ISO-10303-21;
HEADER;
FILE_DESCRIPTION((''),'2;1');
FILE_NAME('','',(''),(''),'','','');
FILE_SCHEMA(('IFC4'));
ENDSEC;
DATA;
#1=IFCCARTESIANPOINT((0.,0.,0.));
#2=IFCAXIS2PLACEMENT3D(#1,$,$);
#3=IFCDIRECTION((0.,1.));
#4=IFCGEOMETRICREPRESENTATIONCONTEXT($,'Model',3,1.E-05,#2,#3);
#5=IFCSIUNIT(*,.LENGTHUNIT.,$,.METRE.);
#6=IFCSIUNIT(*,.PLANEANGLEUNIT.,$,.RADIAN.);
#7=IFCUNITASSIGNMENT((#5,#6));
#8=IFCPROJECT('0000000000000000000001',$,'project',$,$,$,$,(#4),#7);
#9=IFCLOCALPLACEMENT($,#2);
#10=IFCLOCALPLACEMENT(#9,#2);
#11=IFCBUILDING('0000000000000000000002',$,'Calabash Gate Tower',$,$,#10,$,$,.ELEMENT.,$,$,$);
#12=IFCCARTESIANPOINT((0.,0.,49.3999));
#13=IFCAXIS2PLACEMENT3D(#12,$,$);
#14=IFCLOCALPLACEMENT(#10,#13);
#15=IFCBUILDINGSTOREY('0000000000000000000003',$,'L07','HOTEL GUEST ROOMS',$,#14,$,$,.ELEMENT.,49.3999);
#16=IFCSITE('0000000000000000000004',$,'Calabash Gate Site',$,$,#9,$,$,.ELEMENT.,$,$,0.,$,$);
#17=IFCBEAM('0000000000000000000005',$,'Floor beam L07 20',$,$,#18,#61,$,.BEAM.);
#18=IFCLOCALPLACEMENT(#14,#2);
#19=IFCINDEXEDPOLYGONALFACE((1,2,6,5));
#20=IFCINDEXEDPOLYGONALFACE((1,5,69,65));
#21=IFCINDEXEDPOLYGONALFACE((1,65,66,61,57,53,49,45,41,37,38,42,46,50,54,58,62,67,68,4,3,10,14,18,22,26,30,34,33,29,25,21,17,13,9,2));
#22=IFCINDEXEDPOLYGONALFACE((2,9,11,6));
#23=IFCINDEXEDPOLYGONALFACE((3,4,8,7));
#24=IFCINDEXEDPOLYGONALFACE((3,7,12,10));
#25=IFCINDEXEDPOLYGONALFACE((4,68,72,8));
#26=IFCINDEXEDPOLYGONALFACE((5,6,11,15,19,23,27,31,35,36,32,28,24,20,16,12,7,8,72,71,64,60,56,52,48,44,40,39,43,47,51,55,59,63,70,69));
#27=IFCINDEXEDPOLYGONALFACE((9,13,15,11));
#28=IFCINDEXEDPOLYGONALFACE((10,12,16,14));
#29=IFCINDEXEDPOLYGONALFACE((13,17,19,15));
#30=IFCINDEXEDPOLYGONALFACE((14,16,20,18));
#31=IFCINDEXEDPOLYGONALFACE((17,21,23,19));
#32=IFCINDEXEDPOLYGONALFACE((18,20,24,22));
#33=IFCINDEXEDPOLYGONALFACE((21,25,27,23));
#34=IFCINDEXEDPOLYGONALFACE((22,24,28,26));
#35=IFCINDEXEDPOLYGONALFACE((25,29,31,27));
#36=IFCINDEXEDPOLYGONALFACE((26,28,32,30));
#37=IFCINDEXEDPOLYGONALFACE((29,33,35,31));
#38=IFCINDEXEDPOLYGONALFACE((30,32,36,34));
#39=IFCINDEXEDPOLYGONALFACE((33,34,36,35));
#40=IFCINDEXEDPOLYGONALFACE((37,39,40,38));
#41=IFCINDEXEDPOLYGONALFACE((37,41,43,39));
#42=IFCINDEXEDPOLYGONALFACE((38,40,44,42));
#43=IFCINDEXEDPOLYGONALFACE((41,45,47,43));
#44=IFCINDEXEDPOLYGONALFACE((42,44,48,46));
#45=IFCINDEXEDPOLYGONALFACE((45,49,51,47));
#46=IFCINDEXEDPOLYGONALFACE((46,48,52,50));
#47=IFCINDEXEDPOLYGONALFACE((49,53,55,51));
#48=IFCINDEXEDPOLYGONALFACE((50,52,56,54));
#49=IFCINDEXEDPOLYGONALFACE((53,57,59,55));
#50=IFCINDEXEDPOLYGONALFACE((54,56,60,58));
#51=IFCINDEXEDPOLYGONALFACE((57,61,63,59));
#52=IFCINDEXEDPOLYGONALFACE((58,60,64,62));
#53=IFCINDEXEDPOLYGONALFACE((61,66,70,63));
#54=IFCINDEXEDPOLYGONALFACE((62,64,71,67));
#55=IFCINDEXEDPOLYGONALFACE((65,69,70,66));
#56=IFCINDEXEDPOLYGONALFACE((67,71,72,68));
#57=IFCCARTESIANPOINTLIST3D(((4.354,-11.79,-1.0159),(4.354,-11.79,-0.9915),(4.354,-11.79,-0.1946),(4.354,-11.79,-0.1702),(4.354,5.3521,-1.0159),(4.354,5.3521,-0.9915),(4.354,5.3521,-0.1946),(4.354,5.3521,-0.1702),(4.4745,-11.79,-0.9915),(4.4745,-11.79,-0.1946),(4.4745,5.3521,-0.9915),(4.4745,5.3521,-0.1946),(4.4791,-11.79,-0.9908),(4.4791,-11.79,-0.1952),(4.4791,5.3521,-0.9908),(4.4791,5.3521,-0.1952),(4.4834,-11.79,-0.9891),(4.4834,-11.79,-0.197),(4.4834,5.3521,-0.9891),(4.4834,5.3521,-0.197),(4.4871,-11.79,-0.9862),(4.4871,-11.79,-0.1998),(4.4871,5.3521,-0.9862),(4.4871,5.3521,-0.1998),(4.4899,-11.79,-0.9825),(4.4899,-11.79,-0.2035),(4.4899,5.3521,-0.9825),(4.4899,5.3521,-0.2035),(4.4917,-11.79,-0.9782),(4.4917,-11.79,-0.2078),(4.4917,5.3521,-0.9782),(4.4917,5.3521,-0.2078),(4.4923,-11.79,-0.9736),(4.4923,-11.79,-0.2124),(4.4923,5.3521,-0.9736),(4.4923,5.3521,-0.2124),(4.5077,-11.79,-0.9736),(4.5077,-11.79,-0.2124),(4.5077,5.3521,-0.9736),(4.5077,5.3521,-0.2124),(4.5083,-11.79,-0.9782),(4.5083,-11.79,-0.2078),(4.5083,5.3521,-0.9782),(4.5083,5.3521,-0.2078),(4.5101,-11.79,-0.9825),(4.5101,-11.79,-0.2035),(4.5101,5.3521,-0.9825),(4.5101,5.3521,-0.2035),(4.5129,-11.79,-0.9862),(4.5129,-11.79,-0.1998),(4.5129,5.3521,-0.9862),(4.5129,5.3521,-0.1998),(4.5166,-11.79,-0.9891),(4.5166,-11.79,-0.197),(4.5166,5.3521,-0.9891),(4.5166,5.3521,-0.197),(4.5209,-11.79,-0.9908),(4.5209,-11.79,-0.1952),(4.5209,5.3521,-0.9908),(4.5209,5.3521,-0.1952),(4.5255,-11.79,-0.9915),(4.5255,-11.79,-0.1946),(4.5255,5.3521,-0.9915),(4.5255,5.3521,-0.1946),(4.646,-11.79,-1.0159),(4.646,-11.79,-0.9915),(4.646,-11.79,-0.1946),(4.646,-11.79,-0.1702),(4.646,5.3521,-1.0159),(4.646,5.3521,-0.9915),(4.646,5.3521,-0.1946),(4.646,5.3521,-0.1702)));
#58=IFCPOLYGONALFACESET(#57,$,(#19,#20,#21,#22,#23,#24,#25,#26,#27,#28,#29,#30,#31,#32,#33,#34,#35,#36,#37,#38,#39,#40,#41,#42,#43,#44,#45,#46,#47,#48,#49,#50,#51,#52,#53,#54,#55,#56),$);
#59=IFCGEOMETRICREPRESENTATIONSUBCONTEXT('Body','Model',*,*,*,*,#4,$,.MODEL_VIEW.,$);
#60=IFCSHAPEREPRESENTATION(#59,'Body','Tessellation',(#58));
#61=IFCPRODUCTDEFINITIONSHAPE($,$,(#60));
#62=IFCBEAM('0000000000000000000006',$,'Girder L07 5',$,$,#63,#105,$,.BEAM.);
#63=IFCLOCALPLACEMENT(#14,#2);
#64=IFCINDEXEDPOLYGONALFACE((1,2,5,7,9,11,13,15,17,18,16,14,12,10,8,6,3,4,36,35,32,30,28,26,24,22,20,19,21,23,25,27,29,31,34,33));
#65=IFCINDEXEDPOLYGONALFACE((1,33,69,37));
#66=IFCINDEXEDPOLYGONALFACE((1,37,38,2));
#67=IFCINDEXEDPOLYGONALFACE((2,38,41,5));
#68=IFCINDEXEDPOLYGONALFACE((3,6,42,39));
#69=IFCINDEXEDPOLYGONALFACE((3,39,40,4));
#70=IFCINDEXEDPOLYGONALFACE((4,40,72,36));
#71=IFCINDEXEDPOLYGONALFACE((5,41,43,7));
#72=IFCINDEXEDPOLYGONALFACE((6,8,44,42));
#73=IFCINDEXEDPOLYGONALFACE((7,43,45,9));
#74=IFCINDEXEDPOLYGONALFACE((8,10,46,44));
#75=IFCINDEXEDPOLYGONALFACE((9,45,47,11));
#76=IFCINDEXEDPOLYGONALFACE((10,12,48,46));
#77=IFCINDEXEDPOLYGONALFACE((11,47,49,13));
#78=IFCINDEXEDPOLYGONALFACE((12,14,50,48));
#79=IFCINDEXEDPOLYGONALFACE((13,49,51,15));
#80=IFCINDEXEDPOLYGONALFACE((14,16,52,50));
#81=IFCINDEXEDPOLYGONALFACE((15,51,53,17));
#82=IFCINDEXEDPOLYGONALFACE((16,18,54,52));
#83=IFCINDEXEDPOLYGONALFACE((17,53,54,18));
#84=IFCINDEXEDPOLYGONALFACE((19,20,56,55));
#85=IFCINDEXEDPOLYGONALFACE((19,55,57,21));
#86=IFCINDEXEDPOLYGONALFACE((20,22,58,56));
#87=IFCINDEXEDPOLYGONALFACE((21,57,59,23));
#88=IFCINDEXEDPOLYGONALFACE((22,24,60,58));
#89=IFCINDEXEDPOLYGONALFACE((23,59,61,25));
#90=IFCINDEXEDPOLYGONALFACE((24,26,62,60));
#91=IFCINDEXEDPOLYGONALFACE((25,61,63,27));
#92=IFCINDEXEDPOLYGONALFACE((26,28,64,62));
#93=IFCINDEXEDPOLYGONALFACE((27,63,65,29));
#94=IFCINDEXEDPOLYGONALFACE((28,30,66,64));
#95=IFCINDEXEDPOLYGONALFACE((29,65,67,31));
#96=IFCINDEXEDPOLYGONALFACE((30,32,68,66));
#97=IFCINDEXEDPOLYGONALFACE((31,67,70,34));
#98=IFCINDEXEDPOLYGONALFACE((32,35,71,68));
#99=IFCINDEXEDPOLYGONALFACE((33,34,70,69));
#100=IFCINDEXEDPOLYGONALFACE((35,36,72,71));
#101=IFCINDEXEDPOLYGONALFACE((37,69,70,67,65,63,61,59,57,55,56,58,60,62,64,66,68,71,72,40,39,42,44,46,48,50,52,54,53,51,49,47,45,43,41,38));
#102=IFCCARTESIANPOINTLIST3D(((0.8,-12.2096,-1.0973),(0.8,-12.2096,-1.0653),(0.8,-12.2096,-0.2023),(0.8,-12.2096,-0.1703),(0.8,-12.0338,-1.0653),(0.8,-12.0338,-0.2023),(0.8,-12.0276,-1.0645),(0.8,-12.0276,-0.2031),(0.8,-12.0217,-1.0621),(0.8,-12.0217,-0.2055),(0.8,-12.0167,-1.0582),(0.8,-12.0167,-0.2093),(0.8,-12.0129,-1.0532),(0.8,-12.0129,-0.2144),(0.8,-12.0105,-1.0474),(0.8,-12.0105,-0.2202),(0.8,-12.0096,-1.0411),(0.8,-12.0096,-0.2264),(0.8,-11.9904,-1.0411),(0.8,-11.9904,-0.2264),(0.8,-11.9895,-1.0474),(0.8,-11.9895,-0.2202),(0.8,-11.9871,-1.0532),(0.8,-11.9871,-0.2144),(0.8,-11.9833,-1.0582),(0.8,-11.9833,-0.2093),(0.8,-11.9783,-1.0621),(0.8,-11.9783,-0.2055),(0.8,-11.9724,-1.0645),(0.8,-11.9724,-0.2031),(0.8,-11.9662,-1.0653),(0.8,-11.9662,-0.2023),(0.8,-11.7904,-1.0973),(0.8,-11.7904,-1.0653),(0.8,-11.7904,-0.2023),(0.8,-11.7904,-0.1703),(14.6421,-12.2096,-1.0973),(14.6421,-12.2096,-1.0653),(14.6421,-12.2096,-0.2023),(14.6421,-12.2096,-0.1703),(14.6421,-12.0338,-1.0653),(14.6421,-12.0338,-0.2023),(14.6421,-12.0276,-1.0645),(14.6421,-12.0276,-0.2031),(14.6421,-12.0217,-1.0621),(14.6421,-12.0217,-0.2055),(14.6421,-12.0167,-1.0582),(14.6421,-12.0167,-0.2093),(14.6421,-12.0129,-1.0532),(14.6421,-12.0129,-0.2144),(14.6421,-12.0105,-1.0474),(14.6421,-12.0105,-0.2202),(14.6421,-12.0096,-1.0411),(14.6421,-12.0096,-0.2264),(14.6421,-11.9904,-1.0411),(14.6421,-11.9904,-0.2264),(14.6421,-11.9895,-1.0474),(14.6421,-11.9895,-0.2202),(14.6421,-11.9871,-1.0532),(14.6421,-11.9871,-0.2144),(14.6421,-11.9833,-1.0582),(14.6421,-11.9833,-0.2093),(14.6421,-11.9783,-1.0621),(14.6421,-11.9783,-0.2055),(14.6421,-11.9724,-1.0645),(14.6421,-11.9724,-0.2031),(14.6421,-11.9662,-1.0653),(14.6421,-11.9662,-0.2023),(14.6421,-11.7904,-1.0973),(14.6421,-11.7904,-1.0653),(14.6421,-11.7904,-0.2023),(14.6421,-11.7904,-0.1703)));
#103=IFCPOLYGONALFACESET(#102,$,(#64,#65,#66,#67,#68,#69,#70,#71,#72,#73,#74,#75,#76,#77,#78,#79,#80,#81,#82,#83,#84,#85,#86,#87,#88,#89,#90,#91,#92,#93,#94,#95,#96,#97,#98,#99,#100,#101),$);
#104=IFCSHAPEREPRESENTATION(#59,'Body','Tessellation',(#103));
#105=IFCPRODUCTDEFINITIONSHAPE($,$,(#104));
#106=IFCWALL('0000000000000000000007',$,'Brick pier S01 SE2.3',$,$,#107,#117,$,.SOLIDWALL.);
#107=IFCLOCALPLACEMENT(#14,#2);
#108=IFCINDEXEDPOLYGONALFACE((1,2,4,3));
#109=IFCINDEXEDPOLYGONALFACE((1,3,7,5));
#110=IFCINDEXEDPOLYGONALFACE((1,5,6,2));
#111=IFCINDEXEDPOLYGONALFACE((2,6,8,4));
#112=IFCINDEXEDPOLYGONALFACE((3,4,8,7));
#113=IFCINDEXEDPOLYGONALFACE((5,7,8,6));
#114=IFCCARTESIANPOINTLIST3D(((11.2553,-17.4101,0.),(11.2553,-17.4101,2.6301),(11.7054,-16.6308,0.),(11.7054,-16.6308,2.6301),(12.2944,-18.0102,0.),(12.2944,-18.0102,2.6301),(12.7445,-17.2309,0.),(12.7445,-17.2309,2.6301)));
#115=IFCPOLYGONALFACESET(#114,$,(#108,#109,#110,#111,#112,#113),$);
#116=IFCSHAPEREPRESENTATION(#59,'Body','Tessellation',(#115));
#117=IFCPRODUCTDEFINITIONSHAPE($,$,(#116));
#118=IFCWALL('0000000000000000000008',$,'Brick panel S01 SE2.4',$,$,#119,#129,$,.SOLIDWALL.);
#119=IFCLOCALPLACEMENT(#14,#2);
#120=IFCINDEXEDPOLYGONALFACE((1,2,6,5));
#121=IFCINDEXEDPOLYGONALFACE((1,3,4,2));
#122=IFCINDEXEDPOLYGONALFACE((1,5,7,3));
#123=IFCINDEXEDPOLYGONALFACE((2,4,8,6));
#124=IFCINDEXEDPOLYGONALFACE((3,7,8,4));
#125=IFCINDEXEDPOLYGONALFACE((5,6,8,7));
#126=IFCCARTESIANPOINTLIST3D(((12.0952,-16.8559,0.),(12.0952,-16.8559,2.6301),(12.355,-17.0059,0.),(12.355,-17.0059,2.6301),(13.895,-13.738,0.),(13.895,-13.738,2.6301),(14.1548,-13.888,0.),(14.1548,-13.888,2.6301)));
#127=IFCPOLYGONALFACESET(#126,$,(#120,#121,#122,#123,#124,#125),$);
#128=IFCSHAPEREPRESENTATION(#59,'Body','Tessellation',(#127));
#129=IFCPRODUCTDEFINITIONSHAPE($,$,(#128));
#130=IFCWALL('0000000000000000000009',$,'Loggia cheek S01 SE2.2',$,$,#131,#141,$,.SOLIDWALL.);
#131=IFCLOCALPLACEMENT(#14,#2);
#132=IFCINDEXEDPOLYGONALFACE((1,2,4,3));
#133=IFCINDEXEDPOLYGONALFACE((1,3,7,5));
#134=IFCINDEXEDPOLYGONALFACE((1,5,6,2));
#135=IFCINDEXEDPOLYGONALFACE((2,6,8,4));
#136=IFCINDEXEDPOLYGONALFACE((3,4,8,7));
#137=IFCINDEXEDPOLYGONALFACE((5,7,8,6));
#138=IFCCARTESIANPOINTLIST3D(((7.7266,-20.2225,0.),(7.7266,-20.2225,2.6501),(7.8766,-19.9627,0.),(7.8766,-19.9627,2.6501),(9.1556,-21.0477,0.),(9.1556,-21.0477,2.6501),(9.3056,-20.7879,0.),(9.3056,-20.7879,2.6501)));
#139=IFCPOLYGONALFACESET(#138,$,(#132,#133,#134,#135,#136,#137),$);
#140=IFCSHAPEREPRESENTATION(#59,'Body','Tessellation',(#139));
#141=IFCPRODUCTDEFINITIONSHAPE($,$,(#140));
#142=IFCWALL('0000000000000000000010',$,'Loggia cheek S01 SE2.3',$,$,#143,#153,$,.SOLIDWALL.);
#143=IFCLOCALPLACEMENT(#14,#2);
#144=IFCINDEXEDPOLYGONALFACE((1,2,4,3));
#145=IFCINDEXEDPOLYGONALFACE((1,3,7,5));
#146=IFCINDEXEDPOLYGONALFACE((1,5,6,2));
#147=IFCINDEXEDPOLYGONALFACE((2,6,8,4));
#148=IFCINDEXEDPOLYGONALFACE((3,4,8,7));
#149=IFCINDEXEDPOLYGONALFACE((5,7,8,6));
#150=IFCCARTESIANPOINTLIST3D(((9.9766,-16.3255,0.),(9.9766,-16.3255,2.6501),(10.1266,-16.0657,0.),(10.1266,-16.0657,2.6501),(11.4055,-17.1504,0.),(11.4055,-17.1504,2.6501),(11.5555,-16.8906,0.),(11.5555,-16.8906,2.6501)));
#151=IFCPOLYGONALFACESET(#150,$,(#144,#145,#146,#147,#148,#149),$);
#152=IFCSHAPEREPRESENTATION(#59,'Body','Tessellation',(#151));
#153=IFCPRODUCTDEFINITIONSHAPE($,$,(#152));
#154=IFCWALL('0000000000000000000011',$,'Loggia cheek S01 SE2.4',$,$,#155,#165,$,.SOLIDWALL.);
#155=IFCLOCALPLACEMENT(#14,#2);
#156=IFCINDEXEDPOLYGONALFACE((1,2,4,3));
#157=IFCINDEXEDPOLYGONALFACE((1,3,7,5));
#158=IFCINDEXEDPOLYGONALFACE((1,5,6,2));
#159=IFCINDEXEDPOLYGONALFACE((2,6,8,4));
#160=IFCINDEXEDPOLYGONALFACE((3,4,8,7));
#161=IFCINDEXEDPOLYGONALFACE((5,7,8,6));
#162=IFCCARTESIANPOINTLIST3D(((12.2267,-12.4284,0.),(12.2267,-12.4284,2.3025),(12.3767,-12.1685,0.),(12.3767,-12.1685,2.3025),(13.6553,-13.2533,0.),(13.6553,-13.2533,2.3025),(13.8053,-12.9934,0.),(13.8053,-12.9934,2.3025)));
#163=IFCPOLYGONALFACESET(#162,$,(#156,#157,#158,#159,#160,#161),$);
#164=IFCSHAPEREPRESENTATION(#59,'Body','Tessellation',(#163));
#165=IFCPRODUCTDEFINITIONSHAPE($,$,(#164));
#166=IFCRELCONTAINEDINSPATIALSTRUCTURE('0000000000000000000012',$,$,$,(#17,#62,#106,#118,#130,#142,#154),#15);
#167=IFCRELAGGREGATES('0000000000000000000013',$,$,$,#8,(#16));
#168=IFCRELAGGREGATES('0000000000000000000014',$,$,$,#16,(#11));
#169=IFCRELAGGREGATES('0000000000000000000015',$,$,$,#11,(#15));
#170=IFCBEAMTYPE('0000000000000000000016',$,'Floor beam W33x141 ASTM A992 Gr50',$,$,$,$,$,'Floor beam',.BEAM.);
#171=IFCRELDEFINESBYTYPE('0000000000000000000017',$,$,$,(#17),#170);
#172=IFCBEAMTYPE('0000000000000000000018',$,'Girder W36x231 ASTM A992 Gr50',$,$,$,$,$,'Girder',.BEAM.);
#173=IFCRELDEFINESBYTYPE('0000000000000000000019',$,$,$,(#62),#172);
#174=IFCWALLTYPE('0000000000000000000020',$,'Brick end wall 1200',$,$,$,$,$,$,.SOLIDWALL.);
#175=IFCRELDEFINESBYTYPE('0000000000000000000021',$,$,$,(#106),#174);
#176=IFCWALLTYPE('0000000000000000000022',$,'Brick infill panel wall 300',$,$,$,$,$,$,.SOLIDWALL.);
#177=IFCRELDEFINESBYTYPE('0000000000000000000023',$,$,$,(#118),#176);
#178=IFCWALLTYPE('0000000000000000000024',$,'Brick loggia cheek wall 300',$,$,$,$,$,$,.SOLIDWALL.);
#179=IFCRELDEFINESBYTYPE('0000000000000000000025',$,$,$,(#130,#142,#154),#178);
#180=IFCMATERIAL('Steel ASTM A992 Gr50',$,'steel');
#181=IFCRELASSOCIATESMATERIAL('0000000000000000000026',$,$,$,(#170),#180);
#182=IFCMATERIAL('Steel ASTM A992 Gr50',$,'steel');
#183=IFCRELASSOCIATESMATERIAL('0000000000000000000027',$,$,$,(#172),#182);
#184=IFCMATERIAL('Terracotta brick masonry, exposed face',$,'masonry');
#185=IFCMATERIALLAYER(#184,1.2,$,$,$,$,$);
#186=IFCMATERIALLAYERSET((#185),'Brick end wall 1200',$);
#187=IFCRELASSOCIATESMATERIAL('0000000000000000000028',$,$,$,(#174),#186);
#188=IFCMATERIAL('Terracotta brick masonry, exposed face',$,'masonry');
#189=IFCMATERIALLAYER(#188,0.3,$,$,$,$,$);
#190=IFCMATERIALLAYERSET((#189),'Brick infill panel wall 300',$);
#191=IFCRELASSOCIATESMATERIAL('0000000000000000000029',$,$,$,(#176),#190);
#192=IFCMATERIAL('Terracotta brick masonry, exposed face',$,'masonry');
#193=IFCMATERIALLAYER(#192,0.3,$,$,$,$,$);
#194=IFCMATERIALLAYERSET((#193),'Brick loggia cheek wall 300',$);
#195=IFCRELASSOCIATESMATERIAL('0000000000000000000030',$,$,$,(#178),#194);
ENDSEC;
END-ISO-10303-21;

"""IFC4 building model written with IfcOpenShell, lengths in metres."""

from ifc_helpers import new_model, si_unit, direction, frame, frame_2d, origin, origin_2d, place, context, subcontext, project, spatial, rectangle, i_section, extrude, material, layer, layer_set, material_profile, profile_set, type_object, element, save


model = new_model("IFC4")

# Units and contexts
model_context = context("Model", 3, precision=1e-05, world=origin(), true_north=direction((0.0, 1.0)))
body_context = subcontext(model_context, "Body", "Model", "MODEL_VIEW")
ifc_project = project(units=[si_unit("LENGTHUNIT", "METRE"), si_unit("PLANEANGLEUNIT", "RADIAN")], contexts=[model_context])

# Site, building, storey
site_placement = place(None, origin())
site = spatial("IfcSite", under=ifc_project, at=site_placement, Name="Calabash Gate Site", CompositionType="ELEMENT", RefElevation=0.0)
building_placement = place(site_placement, origin())
building = spatial("IfcBuilding", under=site, at=building_placement, Name="Calabash Gate Tower", CompositionType="ELEMENT")
storey_placement = place(building_placement, frame((0.0, 0.0, 49.3999)))
storey = spatial("IfcBuildingStorey", under=building, at=storey_placement, Name="L07", Description="HOTEL GUEST ROOMS", CompositionType="ELEMENT", Elevation=49.3999)

# Beams
ifc_material_1 = material(Name="Steel ASTM A992 Gr50", Category="steel")
ifc_material_profile_1 = material_profile(ifc_material_1, i_section(OverallWidth=0.292, OverallDepth=0.8457, WebThickness=0.0154, FlangeThickness=0.0244, FilletRadius=0.0178, at=origin_2d()))
ifc_profile_set_1 = profile_set([ifc_material_profile_1], Name="Steel ASTM A992 Gr50")
beam_type_1 = type_object("IfcBeamType", Name="Floor beam W33x141 ASTM A992 Gr50", ElementType="Floor beam", PredefinedType="BEAM", material=ifc_profile_set_1)
beam_1_placement = place(storey_placement, frame((4.5, -11.79, -0.593), z_axis=(0.0, 1.0, 0.0), x_axis=(-1.0, 0.0, 0.0)))
element("IfcBeam", 1, at=beam_1_placement, inside=storey, type_object=beam_type_1, Name="Floor beam L07 20", PredefinedType="BEAM", context=body_context, shape_type="SweptSolid", body=[
    extrude(i_section(OverallWidth=0.292, OverallDepth=0.8457, WebThickness=0.0154, FlangeThickness=0.0244, FilletRadius=0.0178, at=origin_2d()), origin(), (0.0, 0.0, 1.0), 17.1421),
])
ifc_material_2 = material(Name="Steel ASTM A992 Gr50", Category="steel")
ifc_material_profile_2 = material_profile(ifc_material_2, i_section(OverallWidth=0.4192, OverallDepth=0.927, WebThickness=0.0193, FlangeThickness=0.032, FilletRadius=0.0242, at=origin_2d()))
ifc_profile_set_2 = profile_set([ifc_material_profile_2], Name="Steel ASTM A992 Gr50")
beam_type_2 = type_object("IfcBeamType", Name="Girder W36x231 ASTM A992 Gr50", ElementType="Girder", PredefinedType="BEAM", material=ifc_profile_set_2)
beam_2_placement = place(storey_placement, frame((0.8, -12.0, -0.6338), z_axis=(1.0, 0.0, 0.0), x_axis=(0.0, 1.0, 0.0)))
element("IfcBeam", 2, at=beam_2_placement, inside=storey, type_object=beam_type_2, Name="Girder L07 5", PredefinedType="BEAM", context=body_context, shape_type="SweptSolid", body=[
    extrude(i_section(OverallWidth=0.4192, OverallDepth=0.927, WebThickness=0.0193, FlangeThickness=0.032, FilletRadius=0.0242, at=origin_2d()), origin(), (0.0, 0.0, 1.0), 13.842),
])

# Walls
ifc_material_3 = material(Name="Terracotta brick masonry, exposed face", Category="masonry")
ifc_layer_1 = layer(ifc_material_3, 1.2)
ifc_layer_set_1 = layer_set([ifc_layer_1], Name="Brick end wall 1200")
wall_type_1 = type_object("IfcWallType", Name="Brick end wall 1200", PredefinedType="SOLIDWALL", material=ifc_layer_set_1)
wall_1_placement = place(storey_placement, frame((12.5195, -17.6206, 0.0), z_axis=(0.0, 0.0, 1.0), x_axis=(-0.865955, 0.500122, 0.0)))
element("IfcWall", 3, at=wall_1_placement, inside=storey, type_object=wall_type_1, Name="Brick pier S01 SE2.3", PredefinedType="SOLIDWALL", context=body_context, shape_type="SweptSolid", body=[
    extrude(rectangle(XDim=1.2, YDim=0.8999, at=frame_2d((0.6001, 0.0))), origin(), (0.0, 0.0, 1.0), 2.6301),
])
ifc_material_4 = material(Name="Terracotta brick masonry, exposed face", Category="masonry")
ifc_layer_2 = layer(ifc_material_4, 0.3)
ifc_layer_set_2 = layer_set([ifc_layer_2], Name="Brick infill panel wall 300")
wall_type_2 = type_object("IfcWallType", Name="Brick infill panel wall 300", PredefinedType="SOLIDWALL", material=ifc_layer_set_2)
wall_2_placement = place(storey_placement, frame((12.2251, -16.9309, 0.0), z_axis=(0.0, 0.0, 1.0), x_axis=(0.499932, 0.866065, 0.0)))
element("IfcWall", 4, at=wall_2_placement, inside=storey, type_object=wall_type_2, Name="Brick panel S01 SE2.4", PredefinedType="SOLIDWALL", context=body_context, shape_type="SweptSolid", body=[
    extrude(rectangle(XDim=3.6001, YDim=0.3, at=frame_2d((1.8, 0.0))), origin(), (0.0, 0.0, 1.0), 2.6301),
])
ifc_material_5 = material(Name="Terracotta brick masonry, exposed face", Category="masonry")
ifc_layer_3 = layer(ifc_material_5, 0.3)
ifc_layer_set_3 = layer_set([ifc_layer_3], Name="Brick loggia cheek wall 300")
wall_type_3 = type_object("IfcWallType", Name="Brick loggia cheek wall 300", PredefinedType="SOLIDWALL", material=ifc_layer_set_3)
wall_3_placement = place(storey_placement, frame((7.8015, -20.0925, 0.0), z_axis=(0.0, 0.0, 1.0), x_axis=(0.865976, -0.500085, 0.0)))
element("IfcWall", 5, at=wall_3_placement, inside=storey, type_object=wall_type_3, Name="Loggia cheek S01 SE2.2", PredefinedType="SOLIDWALL", context=body_context, shape_type="SweptSolid", body=[
    extrude(rectangle(XDim=1.6501, YDim=0.3, at=frame_2d((0.8252, 0.0))), origin(), (0.0, 0.0, 1.0), 2.6501),
])
wall_4_placement = place(storey_placement, frame((11.4805, -17.0205, 0.0), z_axis=(0.0, 0.0, 1.0), x_axis=(-0.86604, 0.499974, 0.0)))
element("IfcWall", 6, at=wall_4_placement, inside=storey, type_object=wall_type_3, Name="Loggia cheek S01 SE2.3", PredefinedType="SOLIDWALL", context=body_context, shape_type="SweptSolid", body=[
    extrude(rectangle(XDim=1.6499, YDim=0.3, at=frame_2d((0.825, 0.0))), origin(), (0.0, 0.0, 1.0), 2.6501),
])
wall_5_placement = place(storey_placement, frame((13.7302, -13.1233, 0.0), z_axis=(0.0, 0.0, 1.0), x_axis=(-0.866003, 0.500038, 0.0)))
element("IfcWall", 7, at=wall_5_placement, inside=storey, type_object=wall_type_3, Name="Loggia cheek S01 SE2.4", PredefinedType="SOLIDWALL", context=body_context, shape_type="SweptSolid", body=[
    extrude(rectangle(XDim=1.6497, YDim=0.3, at=frame_2d((0.8247, 0.0))), origin(), (0.0, 0.0, 1.0), 2.3025),
])

save(model, "model.ifc")
